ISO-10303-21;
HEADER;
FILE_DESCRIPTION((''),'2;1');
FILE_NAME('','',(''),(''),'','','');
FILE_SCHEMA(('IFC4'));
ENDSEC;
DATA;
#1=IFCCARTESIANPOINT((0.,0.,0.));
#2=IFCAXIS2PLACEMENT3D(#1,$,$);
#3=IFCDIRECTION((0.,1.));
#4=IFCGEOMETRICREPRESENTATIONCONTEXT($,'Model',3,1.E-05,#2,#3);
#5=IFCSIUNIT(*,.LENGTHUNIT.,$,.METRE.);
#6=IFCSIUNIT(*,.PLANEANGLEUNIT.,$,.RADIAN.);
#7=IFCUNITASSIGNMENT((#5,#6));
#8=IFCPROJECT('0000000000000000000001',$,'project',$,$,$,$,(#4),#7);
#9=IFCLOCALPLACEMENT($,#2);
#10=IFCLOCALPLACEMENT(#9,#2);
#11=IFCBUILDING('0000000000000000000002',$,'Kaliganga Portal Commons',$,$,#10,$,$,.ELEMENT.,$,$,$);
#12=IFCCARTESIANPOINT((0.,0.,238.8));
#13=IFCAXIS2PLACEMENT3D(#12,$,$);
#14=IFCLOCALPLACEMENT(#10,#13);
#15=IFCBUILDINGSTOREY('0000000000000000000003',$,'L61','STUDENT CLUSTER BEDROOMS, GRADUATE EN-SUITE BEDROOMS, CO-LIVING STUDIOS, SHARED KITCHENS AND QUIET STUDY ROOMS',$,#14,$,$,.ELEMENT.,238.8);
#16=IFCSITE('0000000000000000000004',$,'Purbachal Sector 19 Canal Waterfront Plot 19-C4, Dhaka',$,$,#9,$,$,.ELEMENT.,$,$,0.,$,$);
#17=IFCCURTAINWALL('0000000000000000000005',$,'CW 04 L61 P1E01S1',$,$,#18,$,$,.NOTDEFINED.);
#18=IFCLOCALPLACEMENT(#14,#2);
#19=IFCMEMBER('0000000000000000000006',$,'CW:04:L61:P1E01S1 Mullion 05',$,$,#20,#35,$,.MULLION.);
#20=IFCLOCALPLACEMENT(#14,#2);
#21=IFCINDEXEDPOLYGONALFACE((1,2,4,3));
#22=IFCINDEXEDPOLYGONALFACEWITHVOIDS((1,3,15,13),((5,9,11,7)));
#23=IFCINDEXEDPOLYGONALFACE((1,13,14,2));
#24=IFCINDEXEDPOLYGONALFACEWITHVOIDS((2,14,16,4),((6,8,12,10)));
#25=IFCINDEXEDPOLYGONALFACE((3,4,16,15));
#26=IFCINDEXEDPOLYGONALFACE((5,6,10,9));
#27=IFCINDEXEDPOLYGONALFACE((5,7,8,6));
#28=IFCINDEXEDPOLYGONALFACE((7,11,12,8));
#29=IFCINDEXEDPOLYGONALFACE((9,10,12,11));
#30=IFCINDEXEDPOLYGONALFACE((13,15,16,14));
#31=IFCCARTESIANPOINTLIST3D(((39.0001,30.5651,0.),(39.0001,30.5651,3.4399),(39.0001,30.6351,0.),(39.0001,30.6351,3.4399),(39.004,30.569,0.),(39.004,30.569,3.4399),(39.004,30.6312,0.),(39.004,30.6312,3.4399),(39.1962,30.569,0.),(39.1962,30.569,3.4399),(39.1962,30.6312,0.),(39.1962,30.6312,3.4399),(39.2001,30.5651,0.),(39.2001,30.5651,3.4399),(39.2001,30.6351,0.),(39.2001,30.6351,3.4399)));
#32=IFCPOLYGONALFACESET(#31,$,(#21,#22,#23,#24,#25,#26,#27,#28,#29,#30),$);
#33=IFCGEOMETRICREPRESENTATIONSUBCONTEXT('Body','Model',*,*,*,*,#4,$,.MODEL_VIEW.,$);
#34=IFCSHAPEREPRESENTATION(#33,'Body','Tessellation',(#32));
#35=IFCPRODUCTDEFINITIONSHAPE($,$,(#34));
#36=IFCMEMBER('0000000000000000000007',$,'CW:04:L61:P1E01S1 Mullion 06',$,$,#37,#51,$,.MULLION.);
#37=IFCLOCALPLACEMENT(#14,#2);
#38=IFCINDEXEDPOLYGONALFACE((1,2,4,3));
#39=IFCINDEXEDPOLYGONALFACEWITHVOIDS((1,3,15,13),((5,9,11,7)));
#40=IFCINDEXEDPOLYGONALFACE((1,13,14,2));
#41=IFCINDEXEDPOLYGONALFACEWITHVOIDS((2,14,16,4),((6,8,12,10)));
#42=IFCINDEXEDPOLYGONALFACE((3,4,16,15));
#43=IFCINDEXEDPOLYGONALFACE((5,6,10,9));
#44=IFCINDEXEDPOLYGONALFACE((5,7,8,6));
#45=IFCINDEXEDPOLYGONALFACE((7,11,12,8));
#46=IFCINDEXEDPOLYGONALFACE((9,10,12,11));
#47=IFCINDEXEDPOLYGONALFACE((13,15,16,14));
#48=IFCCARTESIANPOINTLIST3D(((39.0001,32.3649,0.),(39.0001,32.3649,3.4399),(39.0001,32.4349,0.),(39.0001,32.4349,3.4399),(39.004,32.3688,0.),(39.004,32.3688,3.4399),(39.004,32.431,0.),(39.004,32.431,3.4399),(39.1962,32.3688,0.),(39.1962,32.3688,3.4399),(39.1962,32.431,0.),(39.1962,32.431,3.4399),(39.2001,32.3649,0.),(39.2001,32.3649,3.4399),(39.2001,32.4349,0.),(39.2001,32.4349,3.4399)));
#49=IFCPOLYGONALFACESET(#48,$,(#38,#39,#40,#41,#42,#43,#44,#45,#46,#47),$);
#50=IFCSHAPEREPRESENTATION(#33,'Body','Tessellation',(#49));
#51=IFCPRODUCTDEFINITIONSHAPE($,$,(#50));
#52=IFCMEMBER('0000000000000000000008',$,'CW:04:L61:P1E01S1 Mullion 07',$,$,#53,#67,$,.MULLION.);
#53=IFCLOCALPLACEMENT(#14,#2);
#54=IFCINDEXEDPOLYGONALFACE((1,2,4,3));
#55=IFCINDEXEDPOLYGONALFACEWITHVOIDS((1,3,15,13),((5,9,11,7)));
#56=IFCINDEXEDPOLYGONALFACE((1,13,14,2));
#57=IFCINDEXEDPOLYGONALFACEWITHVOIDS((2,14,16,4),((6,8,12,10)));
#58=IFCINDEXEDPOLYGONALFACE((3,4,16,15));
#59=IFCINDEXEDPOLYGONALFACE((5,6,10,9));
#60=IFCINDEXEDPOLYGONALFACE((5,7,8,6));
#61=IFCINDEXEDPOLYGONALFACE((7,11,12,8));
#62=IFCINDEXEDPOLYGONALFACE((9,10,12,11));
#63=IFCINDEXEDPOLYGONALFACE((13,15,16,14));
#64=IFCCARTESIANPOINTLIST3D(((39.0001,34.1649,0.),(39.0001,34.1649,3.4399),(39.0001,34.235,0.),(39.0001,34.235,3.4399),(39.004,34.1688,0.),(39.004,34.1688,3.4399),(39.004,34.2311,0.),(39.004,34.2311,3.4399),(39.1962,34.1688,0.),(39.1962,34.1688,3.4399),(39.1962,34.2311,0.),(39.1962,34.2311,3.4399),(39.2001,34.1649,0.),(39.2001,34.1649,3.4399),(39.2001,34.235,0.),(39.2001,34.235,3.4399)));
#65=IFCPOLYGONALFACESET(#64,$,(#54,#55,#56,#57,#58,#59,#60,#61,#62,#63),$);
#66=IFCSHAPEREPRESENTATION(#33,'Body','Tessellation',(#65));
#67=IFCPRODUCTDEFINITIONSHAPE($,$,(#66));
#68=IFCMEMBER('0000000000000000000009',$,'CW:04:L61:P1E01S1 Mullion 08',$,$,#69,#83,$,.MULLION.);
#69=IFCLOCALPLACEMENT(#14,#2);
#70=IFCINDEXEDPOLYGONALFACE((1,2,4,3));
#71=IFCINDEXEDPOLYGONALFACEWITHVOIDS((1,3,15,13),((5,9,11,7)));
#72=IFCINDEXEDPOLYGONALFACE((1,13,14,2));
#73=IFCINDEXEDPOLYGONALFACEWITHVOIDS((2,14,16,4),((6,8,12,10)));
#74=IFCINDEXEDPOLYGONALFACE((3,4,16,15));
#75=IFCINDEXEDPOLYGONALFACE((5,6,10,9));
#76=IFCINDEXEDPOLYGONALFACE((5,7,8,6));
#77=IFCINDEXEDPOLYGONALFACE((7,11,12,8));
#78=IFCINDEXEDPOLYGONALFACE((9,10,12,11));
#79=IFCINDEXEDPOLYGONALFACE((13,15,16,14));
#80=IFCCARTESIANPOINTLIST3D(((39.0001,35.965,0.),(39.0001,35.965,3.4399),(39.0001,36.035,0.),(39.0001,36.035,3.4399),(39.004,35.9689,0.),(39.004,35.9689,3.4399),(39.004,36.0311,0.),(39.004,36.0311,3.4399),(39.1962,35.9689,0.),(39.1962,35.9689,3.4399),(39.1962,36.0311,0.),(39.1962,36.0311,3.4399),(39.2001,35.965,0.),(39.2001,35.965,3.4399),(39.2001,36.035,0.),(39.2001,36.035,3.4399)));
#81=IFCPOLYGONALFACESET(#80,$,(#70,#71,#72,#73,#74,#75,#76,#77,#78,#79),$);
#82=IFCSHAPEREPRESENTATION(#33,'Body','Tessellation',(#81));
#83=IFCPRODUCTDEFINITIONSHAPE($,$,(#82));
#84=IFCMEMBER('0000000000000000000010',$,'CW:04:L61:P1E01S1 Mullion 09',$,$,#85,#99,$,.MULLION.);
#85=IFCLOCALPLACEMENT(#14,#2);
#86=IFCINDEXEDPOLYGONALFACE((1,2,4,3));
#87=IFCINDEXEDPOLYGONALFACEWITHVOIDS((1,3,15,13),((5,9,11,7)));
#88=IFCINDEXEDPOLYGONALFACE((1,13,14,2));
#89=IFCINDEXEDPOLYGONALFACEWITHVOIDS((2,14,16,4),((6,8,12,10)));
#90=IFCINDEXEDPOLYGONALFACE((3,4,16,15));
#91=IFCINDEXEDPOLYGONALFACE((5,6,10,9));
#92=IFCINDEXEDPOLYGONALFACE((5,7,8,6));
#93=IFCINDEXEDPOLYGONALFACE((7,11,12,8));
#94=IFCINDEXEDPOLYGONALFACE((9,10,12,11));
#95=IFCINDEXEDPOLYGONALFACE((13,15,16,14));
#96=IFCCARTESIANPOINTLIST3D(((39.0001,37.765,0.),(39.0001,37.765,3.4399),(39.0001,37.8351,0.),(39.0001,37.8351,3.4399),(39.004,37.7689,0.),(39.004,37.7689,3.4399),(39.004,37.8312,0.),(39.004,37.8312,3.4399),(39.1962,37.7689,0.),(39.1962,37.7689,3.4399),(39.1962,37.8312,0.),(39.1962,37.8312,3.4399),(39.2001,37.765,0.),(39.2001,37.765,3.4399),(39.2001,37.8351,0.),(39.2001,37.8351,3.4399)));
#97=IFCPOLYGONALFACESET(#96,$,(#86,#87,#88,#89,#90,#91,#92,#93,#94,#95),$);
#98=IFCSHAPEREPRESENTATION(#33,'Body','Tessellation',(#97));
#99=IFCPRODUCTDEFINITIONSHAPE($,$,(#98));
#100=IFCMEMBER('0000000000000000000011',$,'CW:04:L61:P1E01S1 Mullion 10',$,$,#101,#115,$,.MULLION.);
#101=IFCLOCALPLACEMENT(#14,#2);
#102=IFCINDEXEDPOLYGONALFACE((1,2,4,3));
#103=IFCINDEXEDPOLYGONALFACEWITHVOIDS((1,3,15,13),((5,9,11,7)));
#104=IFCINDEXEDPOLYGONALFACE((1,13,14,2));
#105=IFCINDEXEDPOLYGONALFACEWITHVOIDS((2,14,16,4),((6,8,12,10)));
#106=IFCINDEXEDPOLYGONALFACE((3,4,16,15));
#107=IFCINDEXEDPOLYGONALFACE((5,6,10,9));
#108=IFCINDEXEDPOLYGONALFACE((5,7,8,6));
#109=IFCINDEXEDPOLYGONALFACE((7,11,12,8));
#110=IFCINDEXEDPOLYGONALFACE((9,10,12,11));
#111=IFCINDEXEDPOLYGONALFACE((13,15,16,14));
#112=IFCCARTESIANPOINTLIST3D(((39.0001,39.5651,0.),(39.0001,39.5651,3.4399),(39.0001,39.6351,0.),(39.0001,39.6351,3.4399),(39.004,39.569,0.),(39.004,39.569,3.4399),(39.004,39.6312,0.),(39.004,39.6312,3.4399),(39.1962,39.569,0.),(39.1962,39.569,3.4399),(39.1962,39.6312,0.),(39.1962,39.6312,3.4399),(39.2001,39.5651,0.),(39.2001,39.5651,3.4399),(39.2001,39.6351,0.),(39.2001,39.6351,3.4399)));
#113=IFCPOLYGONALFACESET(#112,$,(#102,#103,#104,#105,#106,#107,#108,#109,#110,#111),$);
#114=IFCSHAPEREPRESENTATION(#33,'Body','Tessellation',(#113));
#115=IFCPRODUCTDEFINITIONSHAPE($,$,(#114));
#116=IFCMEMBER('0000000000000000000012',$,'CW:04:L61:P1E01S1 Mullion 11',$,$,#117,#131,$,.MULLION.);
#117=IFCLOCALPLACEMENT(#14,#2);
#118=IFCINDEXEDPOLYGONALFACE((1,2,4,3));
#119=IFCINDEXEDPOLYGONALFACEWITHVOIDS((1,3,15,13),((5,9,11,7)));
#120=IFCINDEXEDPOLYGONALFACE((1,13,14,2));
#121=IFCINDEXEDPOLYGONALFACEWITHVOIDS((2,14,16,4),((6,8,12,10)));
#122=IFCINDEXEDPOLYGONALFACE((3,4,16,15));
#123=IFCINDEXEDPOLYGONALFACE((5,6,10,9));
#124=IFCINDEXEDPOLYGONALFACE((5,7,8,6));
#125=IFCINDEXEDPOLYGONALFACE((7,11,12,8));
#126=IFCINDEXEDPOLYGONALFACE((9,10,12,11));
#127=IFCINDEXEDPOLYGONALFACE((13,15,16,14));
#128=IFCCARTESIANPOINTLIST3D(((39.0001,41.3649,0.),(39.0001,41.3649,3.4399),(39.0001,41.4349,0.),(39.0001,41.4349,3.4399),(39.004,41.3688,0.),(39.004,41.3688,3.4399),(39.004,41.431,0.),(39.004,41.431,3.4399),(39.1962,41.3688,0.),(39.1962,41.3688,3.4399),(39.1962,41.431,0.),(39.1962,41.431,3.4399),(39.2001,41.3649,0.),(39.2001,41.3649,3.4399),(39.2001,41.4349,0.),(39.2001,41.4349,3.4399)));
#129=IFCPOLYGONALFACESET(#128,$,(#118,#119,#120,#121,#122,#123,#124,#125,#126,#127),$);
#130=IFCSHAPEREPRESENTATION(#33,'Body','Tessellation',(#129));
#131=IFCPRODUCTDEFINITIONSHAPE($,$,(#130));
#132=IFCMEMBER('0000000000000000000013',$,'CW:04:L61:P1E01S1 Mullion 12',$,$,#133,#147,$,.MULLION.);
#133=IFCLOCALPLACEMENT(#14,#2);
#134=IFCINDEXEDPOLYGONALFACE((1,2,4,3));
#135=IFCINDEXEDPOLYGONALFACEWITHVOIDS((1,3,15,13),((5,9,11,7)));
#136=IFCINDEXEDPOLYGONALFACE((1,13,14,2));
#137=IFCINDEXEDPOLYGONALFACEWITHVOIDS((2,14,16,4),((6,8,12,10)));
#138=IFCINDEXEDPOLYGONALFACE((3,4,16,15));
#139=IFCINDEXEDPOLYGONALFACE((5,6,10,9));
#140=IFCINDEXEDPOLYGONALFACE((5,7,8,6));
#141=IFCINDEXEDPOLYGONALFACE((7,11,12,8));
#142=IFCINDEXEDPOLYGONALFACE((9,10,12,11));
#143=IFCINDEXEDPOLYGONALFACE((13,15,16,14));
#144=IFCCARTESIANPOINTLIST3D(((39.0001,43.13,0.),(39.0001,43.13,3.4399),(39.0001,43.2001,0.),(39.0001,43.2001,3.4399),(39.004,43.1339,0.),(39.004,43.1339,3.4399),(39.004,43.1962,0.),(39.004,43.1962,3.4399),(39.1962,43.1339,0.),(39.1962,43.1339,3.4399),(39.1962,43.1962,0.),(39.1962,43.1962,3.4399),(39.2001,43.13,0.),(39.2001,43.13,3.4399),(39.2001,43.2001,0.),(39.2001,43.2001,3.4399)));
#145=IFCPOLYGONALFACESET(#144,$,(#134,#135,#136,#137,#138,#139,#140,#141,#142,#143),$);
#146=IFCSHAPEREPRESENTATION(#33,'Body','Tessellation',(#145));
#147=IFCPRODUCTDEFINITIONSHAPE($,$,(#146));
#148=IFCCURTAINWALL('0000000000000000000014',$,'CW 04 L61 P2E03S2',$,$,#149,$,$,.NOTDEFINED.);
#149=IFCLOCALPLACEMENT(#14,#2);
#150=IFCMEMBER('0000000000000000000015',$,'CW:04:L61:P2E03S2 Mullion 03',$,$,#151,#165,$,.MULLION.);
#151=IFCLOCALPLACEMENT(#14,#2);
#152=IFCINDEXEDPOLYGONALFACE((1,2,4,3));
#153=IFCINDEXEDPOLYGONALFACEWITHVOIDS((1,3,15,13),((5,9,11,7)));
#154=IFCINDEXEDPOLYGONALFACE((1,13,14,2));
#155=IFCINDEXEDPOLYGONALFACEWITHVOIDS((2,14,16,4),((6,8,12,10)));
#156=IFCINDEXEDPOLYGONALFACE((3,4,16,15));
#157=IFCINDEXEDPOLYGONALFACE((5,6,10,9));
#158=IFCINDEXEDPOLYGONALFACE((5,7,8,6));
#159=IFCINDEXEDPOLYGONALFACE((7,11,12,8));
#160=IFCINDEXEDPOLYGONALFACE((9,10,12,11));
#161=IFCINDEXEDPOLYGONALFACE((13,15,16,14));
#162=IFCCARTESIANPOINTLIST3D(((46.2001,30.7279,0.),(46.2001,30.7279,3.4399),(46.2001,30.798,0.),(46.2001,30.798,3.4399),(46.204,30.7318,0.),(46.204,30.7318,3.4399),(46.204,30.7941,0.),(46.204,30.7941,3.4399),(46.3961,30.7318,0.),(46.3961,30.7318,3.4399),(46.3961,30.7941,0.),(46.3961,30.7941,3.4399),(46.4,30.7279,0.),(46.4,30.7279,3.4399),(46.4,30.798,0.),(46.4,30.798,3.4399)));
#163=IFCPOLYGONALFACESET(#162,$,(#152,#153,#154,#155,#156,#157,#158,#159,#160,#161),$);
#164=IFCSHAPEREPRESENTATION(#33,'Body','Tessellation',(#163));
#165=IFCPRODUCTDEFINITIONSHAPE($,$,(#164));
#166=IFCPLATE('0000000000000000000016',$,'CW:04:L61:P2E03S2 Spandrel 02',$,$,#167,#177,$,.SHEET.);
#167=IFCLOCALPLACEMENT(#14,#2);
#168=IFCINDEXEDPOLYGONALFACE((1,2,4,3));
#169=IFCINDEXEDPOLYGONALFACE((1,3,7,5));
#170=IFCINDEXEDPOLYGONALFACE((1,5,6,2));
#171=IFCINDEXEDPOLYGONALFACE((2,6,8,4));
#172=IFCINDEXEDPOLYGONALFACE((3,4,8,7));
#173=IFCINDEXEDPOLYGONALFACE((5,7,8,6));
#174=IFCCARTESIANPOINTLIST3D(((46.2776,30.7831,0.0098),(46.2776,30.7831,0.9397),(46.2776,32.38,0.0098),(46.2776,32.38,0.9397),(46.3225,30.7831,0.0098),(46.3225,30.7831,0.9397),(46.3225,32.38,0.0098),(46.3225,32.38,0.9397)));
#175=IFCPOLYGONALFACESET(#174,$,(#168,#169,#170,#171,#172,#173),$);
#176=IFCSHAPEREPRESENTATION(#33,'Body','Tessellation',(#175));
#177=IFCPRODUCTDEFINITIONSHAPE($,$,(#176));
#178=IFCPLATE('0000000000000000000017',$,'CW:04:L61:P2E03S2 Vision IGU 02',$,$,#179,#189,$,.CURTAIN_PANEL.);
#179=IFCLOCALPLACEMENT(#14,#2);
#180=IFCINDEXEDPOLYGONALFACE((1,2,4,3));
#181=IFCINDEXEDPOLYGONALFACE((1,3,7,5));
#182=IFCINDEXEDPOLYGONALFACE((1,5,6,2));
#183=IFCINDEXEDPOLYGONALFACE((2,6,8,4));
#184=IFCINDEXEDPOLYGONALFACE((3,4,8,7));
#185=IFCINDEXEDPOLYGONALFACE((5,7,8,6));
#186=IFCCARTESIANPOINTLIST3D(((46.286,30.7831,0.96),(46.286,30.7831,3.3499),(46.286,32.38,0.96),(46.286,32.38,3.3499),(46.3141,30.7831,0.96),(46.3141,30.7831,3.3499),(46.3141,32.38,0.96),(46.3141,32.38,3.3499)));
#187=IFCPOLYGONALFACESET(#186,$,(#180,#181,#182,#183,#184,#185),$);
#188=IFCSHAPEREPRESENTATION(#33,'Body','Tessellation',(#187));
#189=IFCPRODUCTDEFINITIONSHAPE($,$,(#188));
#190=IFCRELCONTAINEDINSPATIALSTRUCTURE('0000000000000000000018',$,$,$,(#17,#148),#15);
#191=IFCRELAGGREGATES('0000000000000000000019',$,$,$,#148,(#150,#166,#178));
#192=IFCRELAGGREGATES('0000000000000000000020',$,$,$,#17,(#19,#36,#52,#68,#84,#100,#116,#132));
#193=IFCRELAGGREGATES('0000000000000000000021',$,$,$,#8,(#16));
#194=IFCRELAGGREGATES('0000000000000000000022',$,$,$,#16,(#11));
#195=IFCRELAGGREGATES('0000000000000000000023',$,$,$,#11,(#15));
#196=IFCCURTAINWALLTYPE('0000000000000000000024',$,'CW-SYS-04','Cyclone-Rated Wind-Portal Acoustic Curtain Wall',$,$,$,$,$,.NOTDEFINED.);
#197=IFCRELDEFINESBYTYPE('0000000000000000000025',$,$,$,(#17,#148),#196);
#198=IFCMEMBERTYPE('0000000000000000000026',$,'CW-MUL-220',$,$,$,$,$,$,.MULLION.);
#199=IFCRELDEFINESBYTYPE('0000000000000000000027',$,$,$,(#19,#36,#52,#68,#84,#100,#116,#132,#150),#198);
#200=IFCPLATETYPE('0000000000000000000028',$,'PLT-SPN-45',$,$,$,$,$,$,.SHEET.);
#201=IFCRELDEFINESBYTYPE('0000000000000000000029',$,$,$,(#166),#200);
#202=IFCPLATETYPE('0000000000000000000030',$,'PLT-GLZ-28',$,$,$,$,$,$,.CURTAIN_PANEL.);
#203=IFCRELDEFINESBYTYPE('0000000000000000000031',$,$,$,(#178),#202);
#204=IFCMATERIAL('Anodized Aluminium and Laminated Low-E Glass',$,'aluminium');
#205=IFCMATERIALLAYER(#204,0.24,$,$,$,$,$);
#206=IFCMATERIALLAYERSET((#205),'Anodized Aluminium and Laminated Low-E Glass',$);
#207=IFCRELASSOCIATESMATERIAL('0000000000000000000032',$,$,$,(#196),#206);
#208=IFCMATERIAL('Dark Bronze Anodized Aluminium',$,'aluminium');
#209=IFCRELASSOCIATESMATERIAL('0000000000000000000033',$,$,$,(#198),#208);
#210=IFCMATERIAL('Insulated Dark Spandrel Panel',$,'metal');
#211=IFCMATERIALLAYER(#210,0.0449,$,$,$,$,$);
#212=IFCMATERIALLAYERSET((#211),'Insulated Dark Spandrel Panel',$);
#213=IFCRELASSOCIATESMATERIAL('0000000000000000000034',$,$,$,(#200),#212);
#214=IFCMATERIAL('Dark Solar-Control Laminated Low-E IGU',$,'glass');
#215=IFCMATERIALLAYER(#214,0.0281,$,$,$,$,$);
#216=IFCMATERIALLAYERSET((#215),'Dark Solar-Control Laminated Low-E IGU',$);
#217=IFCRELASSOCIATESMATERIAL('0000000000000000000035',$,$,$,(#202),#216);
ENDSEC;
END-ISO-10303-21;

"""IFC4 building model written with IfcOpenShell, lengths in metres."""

from ifc_helpers import new_model, si_unit, direction, frame, origin, origin_2d, place, context, subcontext, project, spatial, rectangle, hollow_rectangle, extrude, source, transform, mapped, material, layer, layer_set, material_profile, profile_set, type_object, element, aggregate, save


model = new_model("IFC4")

# Units and contexts
model_context = context("Model", 3, precision=1e-05, world=origin(), true_north=direction((0.0, 1.0)))
body_context = subcontext(model_context, "Body", "Model", "MODEL_VIEW")
ifc_project = project(units=[si_unit("LENGTHUNIT", "METRE"), si_unit("PLANEANGLEUNIT", "RADIAN")], contexts=[model_context])

# Site, building, storey
site_placement = place(None, origin())
site = spatial("IfcSite", under=ifc_project, at=site_placement, Name="Purbachal Sector 19 Canal Waterfront Plot 19-C4, Dhaka", CompositionType="ELEMENT", RefElevation=0.0)
building_placement = place(site_placement, origin())
building = spatial("IfcBuilding", under=site, at=building_placement, Name="Kaliganga Portal Commons", CompositionType="ELEMENT")
storey_placement = place(building_placement, frame((0.0, 0.0, 238.8)))
storey = spatial("IfcBuildingStorey", under=building, at=storey_placement, Name="L61", Description="STUDENT CLUSTER BEDROOMS, GRADUATE EN-SUITE BEDROOMS, CO-LIVING STUDIOS, SHARED KITCHENS AND QUIET STUDY ROOMS", CompositionType="ELEMENT", Elevation=238.8)

# Curtain wall, members
ifc_material_1 = material(Name="Anodized Aluminium and Laminated Low-E Glass", Category="aluminium")
ifc_layer_1 = layer(ifc_material_1, 0.24)
ifc_layer_set_1 = layer_set([ifc_layer_1], Name="Anodized Aluminium and Laminated Low-E Glass")
curtain_wall_type = type_object("IfcCurtainWallType", Name="CW-SYS-04", Description="Cyclone-Rated Wind-Portal Acoustic Curtain Wall", PredefinedType="NOTDEFINED", material=ifc_layer_set_1)
curtain_wall_1_placement = place(storey_placement, origin())
curtain_wall_1 = element("IfcCurtainWall", 1, at=curtain_wall_1_placement, inside=storey, type_object=curtain_wall_type, Name="CW 04 L61 P1E01S1", PredefinedType="NOTDEFINED")
ifc_material_2 = material(Name="Dark Bronze Anodized Aluminium", Category="aluminium")
ifc_material_profile = material_profile(ifc_material_2, hollow_rectangle(XDim=0.0701, YDim=0.2, WallThickness=0.0039, at=origin_2d()), Name="ALU MULL 70x200x4")
ifc_profile_set = profile_set([ifc_material_profile], Name="Dark Bronze Anodized Aluminium")
member_type = type_object("IfcMemberType", Name="CW-MUL-220", PredefinedType="MULLION", material=ifc_profile_set)
shared_shape_1 = source(origin(), body_context, "Body", "SweptSolid", [
    extrude(hollow_rectangle(XDim=0.0701, YDim=0.2, WallThickness=0.0039, at=origin_2d()), origin(), (0.0, 0.0, 1.0), 3.4399),
])
member_1_placement = place(storey_placement, frame((39.1001, 30.6001, 0.0), z_axis=(0.0, 0.0, 1.0), x_axis=(0.0, 1.0, 0.0)))
member_1 = element("IfcMember", 2, at=member_1_placement, type_object=member_type, Name="CW:04:L61:P1E01S1 Mullion 05", PredefinedType="MULLION", context=body_context, shape_type="MappedRepresentation", body=[
    mapped(shared_shape_1, transform((0.0, 0.0, 0.0), x_axis=(1.0, 0.0, 0.0), y_axis=(0.0, 1.0, 0.0), z_axis=(0.0, 0.0, 1.0), scale=1.0)),
])
member_2_placement = place(storey_placement, frame((39.1001, 32.3999, 0.0), z_axis=(0.0, 0.0, 1.0), x_axis=(0.0, 1.0, 0.0)))
member_2 = element("IfcMember", 3, at=member_2_placement, type_object=member_type, Name="CW:04:L61:P1E01S1 Mullion 06", PredefinedType="MULLION", context=body_context, shape_type="MappedRepresentation", body=[
    mapped(shared_shape_1, transform((0.0, 0.0, 0.0), x_axis=(1.0, 0.0, 0.0), y_axis=(0.0, 1.0, 0.0), z_axis=(0.0, 0.0, 1.0), scale=1.0)),
])
member_3_placement = place(storey_placement, frame((39.1001, 34.2, 0.0), z_axis=(0.0, 0.0, 1.0), x_axis=(0.0, 1.0, 0.0)))
member_3 = element("IfcMember", 4, at=member_3_placement, type_object=member_type, Name="CW:04:L61:P1E01S1 Mullion 07", PredefinedType="MULLION", context=body_context, shape_type="MappedRepresentation", body=[
    mapped(shared_shape_1, transform((0.0, 0.0, 0.0), x_axis=(1.0, 0.0, 0.0), y_axis=(0.0, 1.0, 0.0), z_axis=(0.0, 0.0, 1.0), scale=1.0)),
])
member_4_placement = place(storey_placement, frame((39.1001, 36.0, 0.0), z_axis=(0.0, 0.0, 1.0), x_axis=(0.0, 1.0, 0.0)))
member_4 = element("IfcMember", 5, at=member_4_placement, type_object=member_type, Name="CW:04:L61:P1E01S1 Mullion 08", PredefinedType="MULLION", context=body_context, shape_type="MappedRepresentation", body=[
    mapped(shared_shape_1, transform((0.0, 0.0, 0.0), x_axis=(1.0, 0.0, 0.0), y_axis=(0.0, 1.0, 0.0), z_axis=(0.0, 0.0, 1.0), scale=1.0)),
])
member_5_placement = place(storey_placement, frame((39.1001, 37.8, 0.0), z_axis=(0.0, 0.0, 1.0), x_axis=(0.0, 1.0, 0.0)))
member_5 = element("IfcMember", 6, at=member_5_placement, type_object=member_type, Name="CW:04:L61:P1E01S1 Mullion 09", PredefinedType="MULLION", context=body_context, shape_type="MappedRepresentation", body=[
    mapped(shared_shape_1, transform((0.0, 0.0, 0.0), x_axis=(1.0, 0.0, 0.0), y_axis=(0.0, 1.0, 0.0), z_axis=(0.0, 0.0, 1.0), scale=1.0)),
])
member_6_placement = place(storey_placement, frame((39.1001, 39.6001, 0.0), z_axis=(0.0, 0.0, 1.0), x_axis=(0.0, 1.0, 0.0)))
member_6 = element("IfcMember", 7, at=member_6_placement, type_object=member_type, Name="CW:04:L61:P1E01S1 Mullion 10", PredefinedType="MULLION", context=body_context, shape_type="MappedRepresentation", body=[
    mapped(shared_shape_1, transform((0.0, 0.0, 0.0), x_axis=(1.0, 0.0, 0.0), y_axis=(0.0, 1.0, 0.0), z_axis=(0.0, 0.0, 1.0), scale=1.0)),
])
member_7_placement = place(storey_placement, frame((39.1001, 41.3999, 0.0), z_axis=(0.0, 0.0, 1.0), x_axis=(0.0, 1.0, 0.0)))
member_7 = element("IfcMember", 8, at=member_7_placement, type_object=member_type, Name="CW:04:L61:P1E01S1 Mullion 11", PredefinedType="MULLION", context=body_context, shape_type="MappedRepresentation", body=[
    mapped(shared_shape_1, transform((0.0, 0.0, 0.0), x_axis=(1.0, 0.0, 0.0), y_axis=(0.0, 1.0, 0.0), z_axis=(0.0, 0.0, 1.0), scale=1.0)),
])
member_8_placement = place(storey_placement, frame((39.1001, 43.165, 0.0), z_axis=(0.0, 0.0, 1.0), x_axis=(0.0, 1.0, 0.0)))
member_8 = element("IfcMember", 9, at=member_8_placement, type_object=member_type, Name="CW:04:L61:P1E01S1 Mullion 12", PredefinedType="MULLION", context=body_context, shape_type="MappedRepresentation", body=[
    mapped(shared_shape_1, transform((0.0, 0.0, 0.0), x_axis=(1.0, 0.0, 0.0), y_axis=(0.0, 1.0, 0.0), z_axis=(0.0, 0.0, 1.0), scale=1.0)),
])

# Curtain wall, member, plates
curtain_wall_2_placement = place(storey_placement, origin())
curtain_wall_2 = element("IfcCurtainWall", 10, at=curtain_wall_2_placement, inside=storey, type_object=curtain_wall_type, Name="CW 04 L61 P2E03S2", PredefinedType="NOTDEFINED")
member_9_placement = place(storey_placement, frame((46.3, 30.7629, 0.0), z_axis=(0.0, 0.0, 1.0), x_axis=(0.0, -1.0, 0.0)))
member_9 = element("IfcMember", 11, at=member_9_placement, type_object=member_type, Name="CW:04:L61:P2E03S2 Mullion 03", PredefinedType="MULLION", context=body_context, shape_type="MappedRepresentation", body=[
    mapped(shared_shape_1, transform((0.0, 0.0, 0.0), x_axis=(1.0, 0.0, 0.0), y_axis=(0.0, 1.0, 0.0), z_axis=(0.0, 0.0, 1.0), scale=1.0)),
])
ifc_material_3 = material(Name="Insulated Dark Spandrel Panel", Category="metal")
ifc_layer_2 = layer(ifc_material_3, 0.0449)
ifc_layer_set_2 = layer_set([ifc_layer_2], Name="Insulated Dark Spandrel Panel")
plate_type_1 = type_object("IfcPlateType", Name="PLT-SPN-45", PredefinedType="SHEET", material=ifc_layer_set_2)
shared_shape_2 = source(origin(), body_context, "Body", "SweptSolid", [
    extrude(rectangle(XDim=1.5969, YDim=0.0449, at=origin_2d()), origin(), (0.0, 0.0, 1.0), 0.9299),
])
plate_1_placement = place(storey_placement, frame((46.3, 31.5815, 0.0098), z_axis=(0.0, 0.0, 1.0), x_axis=(0.0, -1.0, 0.0)))
plate_1 = element("IfcPlate", 12, at=plate_1_placement, type_object=plate_type_1, Name="CW:04:L61:P2E03S2 Spandrel 02", PredefinedType="SHEET", context=body_context, shape_type="MappedRepresentation", body=[
    mapped(shared_shape_2, transform((0.0, 0.0, 0.0), x_axis=(1.0, 0.0, 0.0), y_axis=(0.0, 1.0, 0.0), z_axis=(0.0, 0.0, 1.0), scale=1.0)),
])
ifc_material_4 = material(Name="Dark Solar-Control Laminated Low-E IGU", Category="glass")
ifc_layer_3 = layer(ifc_material_4, 0.0281)
ifc_layer_set_3 = layer_set([ifc_layer_3], Name="Dark Solar-Control Laminated Low-E IGU")
plate_type_2 = type_object("IfcPlateType", Name="PLT-GLZ-28", PredefinedType="CURTAIN_PANEL", material=ifc_layer_set_3)
shared_shape_3 = source(origin(), body_context, "Body", "SweptSolid", [
    extrude(rectangle(XDim=1.5969, YDim=0.0281, at=origin_2d()), origin(), (0.0, 0.0, 1.0), 2.3899),
])
plate_2_placement = place(storey_placement, frame((46.3, 31.5815, 0.96), z_axis=(0.0, 0.0, 1.0), x_axis=(0.0, -1.0, 0.0)))
plate_2 = element("IfcPlate", 13, at=plate_2_placement, type_object=plate_type_2, Name="CW:04:L61:P2E03S2 Vision IGU 02", PredefinedType="CURTAIN_PANEL", context=body_context, shape_type="MappedRepresentation", body=[
    mapped(shared_shape_3, transform((0.0, 0.0, 0.0), x_axis=(1.0, 0.0, 0.0), y_axis=(0.0, 1.0, 0.0), z_axis=(0.0, 0.0, 1.0), scale=1.0)),
])
aggregate(curtain_wall_2, [member_9, plate_1, plate_2])

aggregate(curtain_wall_1, [member_1, member_2, member_3, member_4, member_5, member_6, member_7, member_8])

save(model, "model.ifc")
